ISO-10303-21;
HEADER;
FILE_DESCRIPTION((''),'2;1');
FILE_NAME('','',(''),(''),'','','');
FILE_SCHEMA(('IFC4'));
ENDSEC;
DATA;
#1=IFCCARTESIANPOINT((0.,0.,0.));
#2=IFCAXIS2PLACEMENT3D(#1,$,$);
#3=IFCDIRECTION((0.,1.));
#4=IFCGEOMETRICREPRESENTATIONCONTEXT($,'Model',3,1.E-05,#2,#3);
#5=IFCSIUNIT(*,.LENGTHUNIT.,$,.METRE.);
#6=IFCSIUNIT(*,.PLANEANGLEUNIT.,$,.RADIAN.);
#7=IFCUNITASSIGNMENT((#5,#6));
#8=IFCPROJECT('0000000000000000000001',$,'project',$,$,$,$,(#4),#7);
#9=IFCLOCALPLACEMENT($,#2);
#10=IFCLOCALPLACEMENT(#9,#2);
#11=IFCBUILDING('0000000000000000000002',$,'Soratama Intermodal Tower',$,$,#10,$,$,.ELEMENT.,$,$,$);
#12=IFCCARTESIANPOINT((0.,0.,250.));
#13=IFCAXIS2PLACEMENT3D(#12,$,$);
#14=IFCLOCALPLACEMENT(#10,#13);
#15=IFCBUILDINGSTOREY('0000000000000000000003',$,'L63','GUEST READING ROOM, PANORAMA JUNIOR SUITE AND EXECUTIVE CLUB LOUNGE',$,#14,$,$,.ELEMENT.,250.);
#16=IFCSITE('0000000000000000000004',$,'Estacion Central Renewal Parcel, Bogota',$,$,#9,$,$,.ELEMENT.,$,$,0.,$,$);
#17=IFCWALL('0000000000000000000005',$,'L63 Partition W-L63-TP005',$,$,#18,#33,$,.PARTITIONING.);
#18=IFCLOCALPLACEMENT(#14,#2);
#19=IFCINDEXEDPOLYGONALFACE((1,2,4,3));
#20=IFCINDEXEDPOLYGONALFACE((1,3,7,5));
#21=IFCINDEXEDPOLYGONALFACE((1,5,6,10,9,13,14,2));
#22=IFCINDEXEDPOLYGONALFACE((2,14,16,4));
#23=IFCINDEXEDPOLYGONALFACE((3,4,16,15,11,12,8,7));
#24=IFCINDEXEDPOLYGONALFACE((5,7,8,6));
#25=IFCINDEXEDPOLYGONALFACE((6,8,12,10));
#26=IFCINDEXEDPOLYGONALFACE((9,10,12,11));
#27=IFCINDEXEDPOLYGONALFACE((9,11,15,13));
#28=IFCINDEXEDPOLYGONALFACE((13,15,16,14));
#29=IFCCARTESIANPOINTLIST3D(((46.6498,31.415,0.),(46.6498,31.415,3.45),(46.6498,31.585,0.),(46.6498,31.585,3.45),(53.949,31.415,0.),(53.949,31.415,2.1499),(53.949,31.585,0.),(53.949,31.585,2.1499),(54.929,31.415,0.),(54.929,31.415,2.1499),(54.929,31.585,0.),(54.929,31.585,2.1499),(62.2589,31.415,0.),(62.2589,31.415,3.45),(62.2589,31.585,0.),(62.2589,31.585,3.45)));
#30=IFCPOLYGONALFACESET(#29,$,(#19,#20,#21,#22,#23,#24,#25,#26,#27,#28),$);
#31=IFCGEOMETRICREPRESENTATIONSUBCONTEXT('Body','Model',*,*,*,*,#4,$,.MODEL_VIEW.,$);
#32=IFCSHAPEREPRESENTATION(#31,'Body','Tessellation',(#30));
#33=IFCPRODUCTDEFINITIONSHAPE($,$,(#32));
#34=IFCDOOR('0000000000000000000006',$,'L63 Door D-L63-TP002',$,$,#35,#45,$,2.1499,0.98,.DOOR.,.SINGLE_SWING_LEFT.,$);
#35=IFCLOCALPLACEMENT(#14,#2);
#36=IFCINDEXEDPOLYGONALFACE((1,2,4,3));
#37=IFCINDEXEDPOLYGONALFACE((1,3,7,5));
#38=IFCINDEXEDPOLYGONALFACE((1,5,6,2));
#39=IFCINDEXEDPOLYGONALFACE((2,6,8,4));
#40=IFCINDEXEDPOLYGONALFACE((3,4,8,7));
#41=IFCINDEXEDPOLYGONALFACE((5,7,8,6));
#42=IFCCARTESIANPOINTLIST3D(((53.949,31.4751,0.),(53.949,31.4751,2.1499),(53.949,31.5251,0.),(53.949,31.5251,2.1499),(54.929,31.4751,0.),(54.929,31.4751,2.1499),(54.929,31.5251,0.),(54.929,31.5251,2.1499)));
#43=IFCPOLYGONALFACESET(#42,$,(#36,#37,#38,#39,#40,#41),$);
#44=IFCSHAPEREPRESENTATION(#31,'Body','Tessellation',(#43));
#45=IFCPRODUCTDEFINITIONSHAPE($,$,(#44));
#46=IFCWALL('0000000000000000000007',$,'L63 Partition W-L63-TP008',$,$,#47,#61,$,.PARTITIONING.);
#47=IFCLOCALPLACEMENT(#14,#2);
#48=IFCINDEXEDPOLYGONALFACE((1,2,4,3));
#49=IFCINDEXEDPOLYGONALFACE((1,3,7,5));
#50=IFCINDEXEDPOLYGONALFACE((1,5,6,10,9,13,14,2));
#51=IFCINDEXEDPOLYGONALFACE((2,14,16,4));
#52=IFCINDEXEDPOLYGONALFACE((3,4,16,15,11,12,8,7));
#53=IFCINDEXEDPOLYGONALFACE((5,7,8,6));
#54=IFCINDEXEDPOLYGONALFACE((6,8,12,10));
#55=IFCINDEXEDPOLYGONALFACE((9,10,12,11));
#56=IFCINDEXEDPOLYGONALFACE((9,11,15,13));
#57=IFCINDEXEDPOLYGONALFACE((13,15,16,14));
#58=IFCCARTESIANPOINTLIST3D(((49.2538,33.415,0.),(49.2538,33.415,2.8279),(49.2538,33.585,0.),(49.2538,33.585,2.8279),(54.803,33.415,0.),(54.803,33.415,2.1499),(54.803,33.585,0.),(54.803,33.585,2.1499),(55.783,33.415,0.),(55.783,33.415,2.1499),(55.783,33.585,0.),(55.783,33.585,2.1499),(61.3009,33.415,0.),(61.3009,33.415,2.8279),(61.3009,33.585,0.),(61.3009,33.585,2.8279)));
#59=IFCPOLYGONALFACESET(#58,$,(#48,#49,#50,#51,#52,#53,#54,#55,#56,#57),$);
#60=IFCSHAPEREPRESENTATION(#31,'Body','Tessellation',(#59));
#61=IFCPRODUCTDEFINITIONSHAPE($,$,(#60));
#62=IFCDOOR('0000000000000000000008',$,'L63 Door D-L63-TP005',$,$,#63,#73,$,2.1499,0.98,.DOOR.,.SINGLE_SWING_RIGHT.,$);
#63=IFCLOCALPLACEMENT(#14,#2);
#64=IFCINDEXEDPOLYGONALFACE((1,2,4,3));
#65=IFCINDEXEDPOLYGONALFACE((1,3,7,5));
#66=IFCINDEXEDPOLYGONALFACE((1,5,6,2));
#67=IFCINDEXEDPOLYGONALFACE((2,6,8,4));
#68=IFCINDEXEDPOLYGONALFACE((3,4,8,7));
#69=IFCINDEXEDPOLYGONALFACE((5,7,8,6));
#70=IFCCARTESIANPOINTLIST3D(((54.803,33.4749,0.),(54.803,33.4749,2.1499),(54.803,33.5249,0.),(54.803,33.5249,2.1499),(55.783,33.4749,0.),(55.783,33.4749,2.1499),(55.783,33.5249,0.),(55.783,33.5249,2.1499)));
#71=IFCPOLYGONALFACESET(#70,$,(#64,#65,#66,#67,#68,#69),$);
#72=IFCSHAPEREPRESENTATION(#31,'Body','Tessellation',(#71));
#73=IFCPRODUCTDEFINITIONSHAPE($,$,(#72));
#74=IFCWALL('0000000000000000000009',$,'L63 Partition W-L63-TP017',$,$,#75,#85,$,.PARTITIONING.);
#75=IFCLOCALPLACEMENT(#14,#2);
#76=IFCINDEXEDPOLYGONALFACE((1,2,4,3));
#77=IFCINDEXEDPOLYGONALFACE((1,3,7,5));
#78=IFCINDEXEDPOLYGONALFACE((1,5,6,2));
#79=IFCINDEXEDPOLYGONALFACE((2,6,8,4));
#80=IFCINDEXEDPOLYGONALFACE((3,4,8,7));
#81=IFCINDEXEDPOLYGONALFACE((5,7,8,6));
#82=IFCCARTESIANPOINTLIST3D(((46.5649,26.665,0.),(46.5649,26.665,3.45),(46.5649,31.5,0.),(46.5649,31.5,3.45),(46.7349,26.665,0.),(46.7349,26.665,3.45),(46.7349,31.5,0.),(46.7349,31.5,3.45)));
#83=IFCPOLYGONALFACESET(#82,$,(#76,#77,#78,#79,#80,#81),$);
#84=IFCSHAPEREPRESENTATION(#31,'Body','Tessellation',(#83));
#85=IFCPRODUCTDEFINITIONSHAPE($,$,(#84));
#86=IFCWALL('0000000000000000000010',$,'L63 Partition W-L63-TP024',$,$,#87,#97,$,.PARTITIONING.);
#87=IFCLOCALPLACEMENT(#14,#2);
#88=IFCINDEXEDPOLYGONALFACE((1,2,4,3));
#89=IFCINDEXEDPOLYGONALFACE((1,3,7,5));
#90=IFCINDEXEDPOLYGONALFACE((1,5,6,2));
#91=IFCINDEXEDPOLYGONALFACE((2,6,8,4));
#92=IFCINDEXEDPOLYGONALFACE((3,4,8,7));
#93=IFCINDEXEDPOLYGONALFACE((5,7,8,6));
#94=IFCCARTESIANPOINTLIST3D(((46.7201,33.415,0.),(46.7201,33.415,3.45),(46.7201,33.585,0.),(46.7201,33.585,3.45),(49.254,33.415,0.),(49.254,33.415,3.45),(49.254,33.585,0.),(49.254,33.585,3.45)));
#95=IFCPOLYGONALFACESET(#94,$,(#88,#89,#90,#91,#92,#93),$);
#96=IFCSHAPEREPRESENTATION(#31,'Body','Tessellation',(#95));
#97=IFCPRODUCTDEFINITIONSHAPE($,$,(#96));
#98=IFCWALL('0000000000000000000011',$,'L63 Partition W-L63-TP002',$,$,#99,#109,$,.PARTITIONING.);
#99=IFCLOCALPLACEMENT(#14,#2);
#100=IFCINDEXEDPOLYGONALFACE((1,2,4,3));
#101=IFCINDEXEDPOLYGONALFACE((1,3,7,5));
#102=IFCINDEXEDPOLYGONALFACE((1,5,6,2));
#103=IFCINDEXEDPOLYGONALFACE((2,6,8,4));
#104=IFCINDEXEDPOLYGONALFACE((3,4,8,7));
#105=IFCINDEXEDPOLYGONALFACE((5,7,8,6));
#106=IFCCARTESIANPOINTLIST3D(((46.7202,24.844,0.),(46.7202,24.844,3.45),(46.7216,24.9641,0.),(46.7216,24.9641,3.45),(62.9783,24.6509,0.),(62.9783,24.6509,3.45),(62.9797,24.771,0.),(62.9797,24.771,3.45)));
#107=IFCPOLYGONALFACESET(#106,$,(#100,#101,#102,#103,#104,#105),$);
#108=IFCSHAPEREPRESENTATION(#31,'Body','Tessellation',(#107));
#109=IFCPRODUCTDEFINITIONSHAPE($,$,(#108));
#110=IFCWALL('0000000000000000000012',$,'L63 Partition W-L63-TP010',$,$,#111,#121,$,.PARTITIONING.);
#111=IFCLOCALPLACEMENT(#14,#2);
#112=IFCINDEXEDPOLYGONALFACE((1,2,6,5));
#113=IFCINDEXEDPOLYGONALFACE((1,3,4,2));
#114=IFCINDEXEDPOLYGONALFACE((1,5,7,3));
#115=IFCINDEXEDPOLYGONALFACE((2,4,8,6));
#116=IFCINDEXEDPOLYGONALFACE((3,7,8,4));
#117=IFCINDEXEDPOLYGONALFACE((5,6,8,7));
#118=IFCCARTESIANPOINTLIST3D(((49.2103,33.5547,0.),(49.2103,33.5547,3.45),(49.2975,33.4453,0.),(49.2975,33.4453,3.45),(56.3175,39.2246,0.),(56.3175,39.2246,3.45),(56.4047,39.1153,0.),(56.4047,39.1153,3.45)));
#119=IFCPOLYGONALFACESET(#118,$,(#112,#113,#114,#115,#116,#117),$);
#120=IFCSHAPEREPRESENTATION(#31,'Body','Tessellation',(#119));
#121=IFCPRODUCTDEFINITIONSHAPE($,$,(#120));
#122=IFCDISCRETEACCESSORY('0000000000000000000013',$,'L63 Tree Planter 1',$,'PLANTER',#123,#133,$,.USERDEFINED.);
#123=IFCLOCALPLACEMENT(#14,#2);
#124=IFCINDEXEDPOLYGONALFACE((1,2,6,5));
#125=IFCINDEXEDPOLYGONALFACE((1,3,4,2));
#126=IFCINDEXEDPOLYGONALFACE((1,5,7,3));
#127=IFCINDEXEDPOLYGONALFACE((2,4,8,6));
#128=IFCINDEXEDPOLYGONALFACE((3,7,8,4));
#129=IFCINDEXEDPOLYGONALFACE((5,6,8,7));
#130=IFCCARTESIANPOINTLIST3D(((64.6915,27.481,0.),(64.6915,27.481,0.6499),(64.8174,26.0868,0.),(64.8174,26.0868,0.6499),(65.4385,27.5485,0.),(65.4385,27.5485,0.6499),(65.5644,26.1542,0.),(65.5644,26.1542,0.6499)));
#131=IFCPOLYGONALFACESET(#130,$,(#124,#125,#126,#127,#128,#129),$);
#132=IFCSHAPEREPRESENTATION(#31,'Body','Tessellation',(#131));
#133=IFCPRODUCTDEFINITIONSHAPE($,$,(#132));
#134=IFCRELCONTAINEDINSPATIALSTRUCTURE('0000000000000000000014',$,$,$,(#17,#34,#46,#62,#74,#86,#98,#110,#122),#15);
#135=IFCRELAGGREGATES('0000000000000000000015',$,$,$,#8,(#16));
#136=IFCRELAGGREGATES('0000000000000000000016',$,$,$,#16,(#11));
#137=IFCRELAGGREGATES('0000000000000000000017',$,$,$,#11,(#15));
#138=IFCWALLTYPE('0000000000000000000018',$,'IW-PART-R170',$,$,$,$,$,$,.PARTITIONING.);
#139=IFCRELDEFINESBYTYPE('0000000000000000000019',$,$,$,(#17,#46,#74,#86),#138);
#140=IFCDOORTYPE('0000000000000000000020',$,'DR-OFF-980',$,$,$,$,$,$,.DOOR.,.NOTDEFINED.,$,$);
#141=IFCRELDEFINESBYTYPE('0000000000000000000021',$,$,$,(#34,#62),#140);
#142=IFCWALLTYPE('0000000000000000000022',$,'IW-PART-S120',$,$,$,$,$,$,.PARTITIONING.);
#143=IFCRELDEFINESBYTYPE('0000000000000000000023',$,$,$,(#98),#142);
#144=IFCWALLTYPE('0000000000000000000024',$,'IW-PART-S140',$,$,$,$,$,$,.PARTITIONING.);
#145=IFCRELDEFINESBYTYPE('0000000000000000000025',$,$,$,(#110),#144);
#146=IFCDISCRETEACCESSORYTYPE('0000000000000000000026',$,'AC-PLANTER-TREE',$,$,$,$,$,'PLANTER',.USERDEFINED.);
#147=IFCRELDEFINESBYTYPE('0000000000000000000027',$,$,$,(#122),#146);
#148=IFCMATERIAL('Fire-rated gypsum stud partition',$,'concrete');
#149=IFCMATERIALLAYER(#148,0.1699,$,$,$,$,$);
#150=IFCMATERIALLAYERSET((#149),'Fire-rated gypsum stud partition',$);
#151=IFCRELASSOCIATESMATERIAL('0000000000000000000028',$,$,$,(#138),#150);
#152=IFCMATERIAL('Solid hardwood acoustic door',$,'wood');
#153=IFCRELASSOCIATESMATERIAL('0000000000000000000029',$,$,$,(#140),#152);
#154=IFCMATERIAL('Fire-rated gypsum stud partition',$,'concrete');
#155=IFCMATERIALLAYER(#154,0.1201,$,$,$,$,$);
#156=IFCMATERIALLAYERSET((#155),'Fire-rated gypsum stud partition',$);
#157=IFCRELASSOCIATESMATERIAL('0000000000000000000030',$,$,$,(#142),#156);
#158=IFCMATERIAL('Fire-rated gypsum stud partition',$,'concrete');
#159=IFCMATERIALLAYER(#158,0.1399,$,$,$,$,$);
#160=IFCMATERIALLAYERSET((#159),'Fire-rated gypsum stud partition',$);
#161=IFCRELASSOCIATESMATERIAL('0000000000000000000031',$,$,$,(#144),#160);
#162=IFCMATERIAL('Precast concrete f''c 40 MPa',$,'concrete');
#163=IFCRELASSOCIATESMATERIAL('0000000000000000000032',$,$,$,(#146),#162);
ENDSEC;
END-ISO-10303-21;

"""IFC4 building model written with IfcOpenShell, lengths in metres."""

from ifc_helpers import new_model, si_unit, direction, frame, frame_2d, origin, origin_2d, place, context, subcontext, project, spatial, rectangle, extrude, material, layer, layer_set, type_object, element, fill, save


model = new_model("IFC4")

# Units and contexts
model_context = context("Model", 3, precision=1e-05, world=origin(), true_north=direction((0.0, 1.0)))
body_context = subcontext(model_context, "Body", "Model", "MODEL_VIEW")
ifc_project = project(units=[si_unit("LENGTHUNIT", "METRE"), si_unit("PLANEANGLEUNIT", "RADIAN")], contexts=[model_context])

# Site, building, storey
site_placement = place(None, origin())
site = spatial("IfcSite", under=ifc_project, at=site_placement, Name="Estacion Central Renewal Parcel, Bogota", CompositionType="ELEMENT", RefElevation=0.0)
building_placement = place(site_placement, origin())
building = spatial("IfcBuilding", under=site, at=building_placement, Name="Soratama Intermodal Tower", CompositionType="ELEMENT")
storey_placement = place(building_placement, frame((0.0, 0.0, 250.0)))
storey = spatial("IfcBuildingStorey", under=building, at=storey_placement, Name="L63", Description="GUEST READING ROOM, PANORAMA JUNIOR SUITE AND EXECUTIVE CLUB LOUNGE", CompositionType="ELEMENT", Elevation=250.0)

# Walls, openings, doors
ifc_material_1 = material(Name="Fire-rated gypsum stud partition", Category="concrete")
ifc_layer_1 = layer(ifc_material_1, 0.1699)
ifc_layer_set_1 = layer_set([ifc_layer_1], Name="Fire-rated gypsum stud partition")
wall_type_1 = type_object("IfcWallType", Name="IW-PART-R170", PredefinedType="PARTITIONING", material=ifc_layer_set_1)
wall_1_placement = place(storey_placement, frame((62.259, 31.5, 0.0), z_axis=(0.0, 0.0, 1.0), x_axis=(-1.0, 0.0, 0.0)))
wall_1 = element("IfcWall", 1, at=wall_1_placement, inside=storey, type_object=wall_type_1, Name="L63 Partition W-L63-TP005", PredefinedType="PARTITIONING", context=body_context, shape_type="SweptSolid", body=[
    extrude(rectangle(XDim=15.6091, YDim=0.1699, at=frame_2d((7.8047, 0.0))), origin(), (0.0, 0.0, 1.0), 3.45),
])
opening_1_placement = place(wall_1_placement, frame((7.3301, 0.0, 0.0)))
opening_1 = element("IfcOpeningElement", 2, at=opening_1_placement, cuts=wall_1, PredefinedType="OPENING", context=body_context, shape_type="SweptSolid", body=[
    extrude(rectangle(XDim=0.98, YDim=2.1499, at=frame_2d((0.49, 1.075))), frame((0.0, 0.095, 0.0), z_axis=(0.0, -1.0, 0.0), x_axis=(1.0, 0.0, 0.0)), (0.0, 0.0, 1.0), 0.1899),
])
ifc_material_2 = material(Name="Solid hardwood acoustic door", Category="wood")
door_type = type_object("IfcDoorType", Name="DR-OFF-980", OperationType="NOTDEFINED", PredefinedType="DOOR", material=ifc_material_2)
door_1_placement = place(opening_1_placement, origin())
door_1 = element("IfcDoor", 3, at=door_1_placement, inside=storey, type_object=door_type, Name="L63 Door D-L63-TP002", OperationType="SINGLE_SWING_LEFT", OverallHeight=2.1499, OverallWidth=0.98, PredefinedType="DOOR", context=body_context, shape_type="SweptSolid", body=[
    extrude(rectangle(XDim=0.98, YDim=2.1499, at=frame_2d((0.49, 1.075))), frame((0.0, 0.0249, 0.0), z_axis=(0.0, -1.0, 0.0), x_axis=(1.0, 0.0, 0.0)), (0.0, 0.0, 1.0), 0.05),
])
fill(opening_1, door_1)
wall_2_placement = place(storey_placement, frame((49.2539, 33.5, 0.0), z_axis=(0.0, 0.0, 1.0), x_axis=(1.0, 0.0, 0.0)))
wall_2 = element("IfcWall", 4, at=wall_2_placement, inside=storey, type_object=wall_type_1, Name="L63 Partition W-L63-TP008", PredefinedType="PARTITIONING", context=body_context, shape_type="SweptSolid", body=[
    extrude(rectangle(XDim=12.0471, YDim=0.1699, at=frame_2d((6.0234, 0.0))), origin(), (0.0, 0.0, 1.0), 2.8279),
])
opening_2_placement = place(wall_2_placement, frame((5.5491, 0.0, 0.0)))
opening_2 = element("IfcOpeningElement", 5, at=opening_2_placement, cuts=wall_2, PredefinedType="OPENING", context=body_context, shape_type="SweptSolid", body=[
    extrude(rectangle(XDim=0.98, YDim=2.1499, at=frame_2d((0.49, 1.075))), frame((0.0, 0.095, 0.0), z_axis=(0.0, -1.0, 0.0), x_axis=(1.0, 0.0, 0.0)), (0.0, 0.0, 1.0), 0.1899),
])
door_2_placement = place(opening_2_placement, origin())
door_2 = element("IfcDoor", 6, at=door_2_placement, inside=storey, type_object=door_type, Name="L63 Door D-L63-TP005", OperationType="SINGLE_SWING_RIGHT", OverallHeight=2.1499, OverallWidth=0.98, PredefinedType="DOOR", context=body_context, shape_type="SweptSolid", body=[
    extrude(rectangle(XDim=0.98, YDim=2.1499, at=frame_2d((0.49, 1.075))), frame((0.0, 0.0249, 0.0), z_axis=(0.0, -1.0, 0.0), x_axis=(1.0, 0.0, 0.0)), (0.0, 0.0, 1.0), 0.05),
])
fill(opening_2, door_2)

# Walls
wall_3_placement = place(storey_placement, frame((46.6499, 31.5, 0.0), z_axis=(0.0, 0.0, 1.0), x_axis=(0.0, -1.0, 0.0)))
element("IfcWall", 7, at=wall_3_placement, inside=storey, type_object=wall_type_1, Name="L63 Partition W-L63-TP017", PredefinedType="PARTITIONING", context=body_context, shape_type="SweptSolid", body=[
    extrude(rectangle(XDim=4.835, YDim=0.1699, at=frame_2d((2.4175, 0.0))), origin(), (0.0, 0.0, 1.0), 3.45),
])
wall_4_placement = place(storey_placement, frame((46.72, 33.5, 0.0), z_axis=(0.0, 0.0, 1.0), x_axis=(1.0, 0.0, 0.0)))
element("IfcWall", 8, at=wall_4_placement, inside=storey, type_object=wall_type_1, Name="L63 Partition W-L63-TP024", PredefinedType="PARTITIONING", context=body_context, shape_type="SweptSolid", body=[
    extrude(rectangle(XDim=2.5339, YDim=0.1699, at=frame_2d((1.2671, 0.0))), origin(), (0.0, 0.0, 1.0), 3.45),
])
ifc_material_3 = material(Name="Fire-rated gypsum stud partition", Category="concrete")
ifc_layer_2 = layer(ifc_material_3, 0.1201)
ifc_layer_set_2 = layer_set([ifc_layer_2], Name="Fire-rated gypsum stud partition")
wall_type_2 = type_object("IfcWallType", Name="IW-PART-S120", PredefinedType="PARTITIONING", material=ifc_layer_set_2)
wall_5_placement = place(storey_placement, frame((62.979, 24.7109, 0.0), z_axis=(0.0, 0.0, 1.0), x_axis=(-0.999929, 0.011877, 0.0)))
element("IfcWall", 9, at=wall_5_placement, inside=storey, type_object=wall_type_2, Name="L63 Partition W-L63-TP002", PredefinedType="PARTITIONING", context=body_context, shape_type="SweptSolid", body=[
    extrude(rectangle(XDim=16.2593, YDim=0.1201, at=frame_2d((8.1296, 0.0))), origin(), (0.0, 0.0, 1.0), 3.45),
])
ifc_material_4 = material(Name="Fire-rated gypsum stud partition", Category="concrete")
ifc_layer_3 = layer(ifc_material_4, 0.1399)
ifc_layer_set_3 = layer_set([ifc_layer_3], Name="Fire-rated gypsum stud partition")
wall_type_3 = type_object("IfcWallType", Name="IW-PART-S140", PredefinedType="PARTITIONING", material=ifc_layer_set_3)
wall_6_placement = place(storey_placement, frame((49.2539, 33.5, 0.0), z_axis=(0.0, 0.0, 1.0), x_axis=(0.781717, 0.623633, 0.0)))
element("IfcWall", 10, at=wall_6_placement, inside=storey, type_object=wall_type_3, Name="L63 Partition W-L63-TP010", PredefinedType="PARTITIONING", context=body_context, shape_type="SweptSolid", body=[
    extrude(rectangle(XDim=9.0918, YDim=0.1399, at=frame_2d((4.5459, 0.0))), origin(), (0.0, 0.0, 1.0), 3.45),
])

# Discrete accessory
ifc_material_5 = material(Name="Precast concrete f'c 40 MPa", Category="concrete")
discrete_accessory_type = type_object("IfcDiscreteAccessoryType", Name="AC-PLANTER-TREE", ElementType="PLANTER", PredefinedType="USERDEFINED", material=ifc_material_5)
discrete_accessory_placement = place(storey_placement, frame((65.1279, 26.8176, 0.0), z_axis=(0.0, 0.0, 1.0), x_axis=(0.995947, 0.089937, 0.0)))
element("IfcDiscreteAccessory", 11, at=discrete_accessory_placement, inside=storey, type_object=discrete_accessory_type, Name="L63 Tree Planter 1", ObjectType="PLANTER", PredefinedType="USERDEFINED", context=body_context, shape_type="SweptSolid", body=[
    extrude(rectangle(XDim=0.75, YDim=1.3999, at=origin_2d()), origin(), (0.0, 0.0, 1.0), 0.6499),
])

save(model, "model.ifc")
